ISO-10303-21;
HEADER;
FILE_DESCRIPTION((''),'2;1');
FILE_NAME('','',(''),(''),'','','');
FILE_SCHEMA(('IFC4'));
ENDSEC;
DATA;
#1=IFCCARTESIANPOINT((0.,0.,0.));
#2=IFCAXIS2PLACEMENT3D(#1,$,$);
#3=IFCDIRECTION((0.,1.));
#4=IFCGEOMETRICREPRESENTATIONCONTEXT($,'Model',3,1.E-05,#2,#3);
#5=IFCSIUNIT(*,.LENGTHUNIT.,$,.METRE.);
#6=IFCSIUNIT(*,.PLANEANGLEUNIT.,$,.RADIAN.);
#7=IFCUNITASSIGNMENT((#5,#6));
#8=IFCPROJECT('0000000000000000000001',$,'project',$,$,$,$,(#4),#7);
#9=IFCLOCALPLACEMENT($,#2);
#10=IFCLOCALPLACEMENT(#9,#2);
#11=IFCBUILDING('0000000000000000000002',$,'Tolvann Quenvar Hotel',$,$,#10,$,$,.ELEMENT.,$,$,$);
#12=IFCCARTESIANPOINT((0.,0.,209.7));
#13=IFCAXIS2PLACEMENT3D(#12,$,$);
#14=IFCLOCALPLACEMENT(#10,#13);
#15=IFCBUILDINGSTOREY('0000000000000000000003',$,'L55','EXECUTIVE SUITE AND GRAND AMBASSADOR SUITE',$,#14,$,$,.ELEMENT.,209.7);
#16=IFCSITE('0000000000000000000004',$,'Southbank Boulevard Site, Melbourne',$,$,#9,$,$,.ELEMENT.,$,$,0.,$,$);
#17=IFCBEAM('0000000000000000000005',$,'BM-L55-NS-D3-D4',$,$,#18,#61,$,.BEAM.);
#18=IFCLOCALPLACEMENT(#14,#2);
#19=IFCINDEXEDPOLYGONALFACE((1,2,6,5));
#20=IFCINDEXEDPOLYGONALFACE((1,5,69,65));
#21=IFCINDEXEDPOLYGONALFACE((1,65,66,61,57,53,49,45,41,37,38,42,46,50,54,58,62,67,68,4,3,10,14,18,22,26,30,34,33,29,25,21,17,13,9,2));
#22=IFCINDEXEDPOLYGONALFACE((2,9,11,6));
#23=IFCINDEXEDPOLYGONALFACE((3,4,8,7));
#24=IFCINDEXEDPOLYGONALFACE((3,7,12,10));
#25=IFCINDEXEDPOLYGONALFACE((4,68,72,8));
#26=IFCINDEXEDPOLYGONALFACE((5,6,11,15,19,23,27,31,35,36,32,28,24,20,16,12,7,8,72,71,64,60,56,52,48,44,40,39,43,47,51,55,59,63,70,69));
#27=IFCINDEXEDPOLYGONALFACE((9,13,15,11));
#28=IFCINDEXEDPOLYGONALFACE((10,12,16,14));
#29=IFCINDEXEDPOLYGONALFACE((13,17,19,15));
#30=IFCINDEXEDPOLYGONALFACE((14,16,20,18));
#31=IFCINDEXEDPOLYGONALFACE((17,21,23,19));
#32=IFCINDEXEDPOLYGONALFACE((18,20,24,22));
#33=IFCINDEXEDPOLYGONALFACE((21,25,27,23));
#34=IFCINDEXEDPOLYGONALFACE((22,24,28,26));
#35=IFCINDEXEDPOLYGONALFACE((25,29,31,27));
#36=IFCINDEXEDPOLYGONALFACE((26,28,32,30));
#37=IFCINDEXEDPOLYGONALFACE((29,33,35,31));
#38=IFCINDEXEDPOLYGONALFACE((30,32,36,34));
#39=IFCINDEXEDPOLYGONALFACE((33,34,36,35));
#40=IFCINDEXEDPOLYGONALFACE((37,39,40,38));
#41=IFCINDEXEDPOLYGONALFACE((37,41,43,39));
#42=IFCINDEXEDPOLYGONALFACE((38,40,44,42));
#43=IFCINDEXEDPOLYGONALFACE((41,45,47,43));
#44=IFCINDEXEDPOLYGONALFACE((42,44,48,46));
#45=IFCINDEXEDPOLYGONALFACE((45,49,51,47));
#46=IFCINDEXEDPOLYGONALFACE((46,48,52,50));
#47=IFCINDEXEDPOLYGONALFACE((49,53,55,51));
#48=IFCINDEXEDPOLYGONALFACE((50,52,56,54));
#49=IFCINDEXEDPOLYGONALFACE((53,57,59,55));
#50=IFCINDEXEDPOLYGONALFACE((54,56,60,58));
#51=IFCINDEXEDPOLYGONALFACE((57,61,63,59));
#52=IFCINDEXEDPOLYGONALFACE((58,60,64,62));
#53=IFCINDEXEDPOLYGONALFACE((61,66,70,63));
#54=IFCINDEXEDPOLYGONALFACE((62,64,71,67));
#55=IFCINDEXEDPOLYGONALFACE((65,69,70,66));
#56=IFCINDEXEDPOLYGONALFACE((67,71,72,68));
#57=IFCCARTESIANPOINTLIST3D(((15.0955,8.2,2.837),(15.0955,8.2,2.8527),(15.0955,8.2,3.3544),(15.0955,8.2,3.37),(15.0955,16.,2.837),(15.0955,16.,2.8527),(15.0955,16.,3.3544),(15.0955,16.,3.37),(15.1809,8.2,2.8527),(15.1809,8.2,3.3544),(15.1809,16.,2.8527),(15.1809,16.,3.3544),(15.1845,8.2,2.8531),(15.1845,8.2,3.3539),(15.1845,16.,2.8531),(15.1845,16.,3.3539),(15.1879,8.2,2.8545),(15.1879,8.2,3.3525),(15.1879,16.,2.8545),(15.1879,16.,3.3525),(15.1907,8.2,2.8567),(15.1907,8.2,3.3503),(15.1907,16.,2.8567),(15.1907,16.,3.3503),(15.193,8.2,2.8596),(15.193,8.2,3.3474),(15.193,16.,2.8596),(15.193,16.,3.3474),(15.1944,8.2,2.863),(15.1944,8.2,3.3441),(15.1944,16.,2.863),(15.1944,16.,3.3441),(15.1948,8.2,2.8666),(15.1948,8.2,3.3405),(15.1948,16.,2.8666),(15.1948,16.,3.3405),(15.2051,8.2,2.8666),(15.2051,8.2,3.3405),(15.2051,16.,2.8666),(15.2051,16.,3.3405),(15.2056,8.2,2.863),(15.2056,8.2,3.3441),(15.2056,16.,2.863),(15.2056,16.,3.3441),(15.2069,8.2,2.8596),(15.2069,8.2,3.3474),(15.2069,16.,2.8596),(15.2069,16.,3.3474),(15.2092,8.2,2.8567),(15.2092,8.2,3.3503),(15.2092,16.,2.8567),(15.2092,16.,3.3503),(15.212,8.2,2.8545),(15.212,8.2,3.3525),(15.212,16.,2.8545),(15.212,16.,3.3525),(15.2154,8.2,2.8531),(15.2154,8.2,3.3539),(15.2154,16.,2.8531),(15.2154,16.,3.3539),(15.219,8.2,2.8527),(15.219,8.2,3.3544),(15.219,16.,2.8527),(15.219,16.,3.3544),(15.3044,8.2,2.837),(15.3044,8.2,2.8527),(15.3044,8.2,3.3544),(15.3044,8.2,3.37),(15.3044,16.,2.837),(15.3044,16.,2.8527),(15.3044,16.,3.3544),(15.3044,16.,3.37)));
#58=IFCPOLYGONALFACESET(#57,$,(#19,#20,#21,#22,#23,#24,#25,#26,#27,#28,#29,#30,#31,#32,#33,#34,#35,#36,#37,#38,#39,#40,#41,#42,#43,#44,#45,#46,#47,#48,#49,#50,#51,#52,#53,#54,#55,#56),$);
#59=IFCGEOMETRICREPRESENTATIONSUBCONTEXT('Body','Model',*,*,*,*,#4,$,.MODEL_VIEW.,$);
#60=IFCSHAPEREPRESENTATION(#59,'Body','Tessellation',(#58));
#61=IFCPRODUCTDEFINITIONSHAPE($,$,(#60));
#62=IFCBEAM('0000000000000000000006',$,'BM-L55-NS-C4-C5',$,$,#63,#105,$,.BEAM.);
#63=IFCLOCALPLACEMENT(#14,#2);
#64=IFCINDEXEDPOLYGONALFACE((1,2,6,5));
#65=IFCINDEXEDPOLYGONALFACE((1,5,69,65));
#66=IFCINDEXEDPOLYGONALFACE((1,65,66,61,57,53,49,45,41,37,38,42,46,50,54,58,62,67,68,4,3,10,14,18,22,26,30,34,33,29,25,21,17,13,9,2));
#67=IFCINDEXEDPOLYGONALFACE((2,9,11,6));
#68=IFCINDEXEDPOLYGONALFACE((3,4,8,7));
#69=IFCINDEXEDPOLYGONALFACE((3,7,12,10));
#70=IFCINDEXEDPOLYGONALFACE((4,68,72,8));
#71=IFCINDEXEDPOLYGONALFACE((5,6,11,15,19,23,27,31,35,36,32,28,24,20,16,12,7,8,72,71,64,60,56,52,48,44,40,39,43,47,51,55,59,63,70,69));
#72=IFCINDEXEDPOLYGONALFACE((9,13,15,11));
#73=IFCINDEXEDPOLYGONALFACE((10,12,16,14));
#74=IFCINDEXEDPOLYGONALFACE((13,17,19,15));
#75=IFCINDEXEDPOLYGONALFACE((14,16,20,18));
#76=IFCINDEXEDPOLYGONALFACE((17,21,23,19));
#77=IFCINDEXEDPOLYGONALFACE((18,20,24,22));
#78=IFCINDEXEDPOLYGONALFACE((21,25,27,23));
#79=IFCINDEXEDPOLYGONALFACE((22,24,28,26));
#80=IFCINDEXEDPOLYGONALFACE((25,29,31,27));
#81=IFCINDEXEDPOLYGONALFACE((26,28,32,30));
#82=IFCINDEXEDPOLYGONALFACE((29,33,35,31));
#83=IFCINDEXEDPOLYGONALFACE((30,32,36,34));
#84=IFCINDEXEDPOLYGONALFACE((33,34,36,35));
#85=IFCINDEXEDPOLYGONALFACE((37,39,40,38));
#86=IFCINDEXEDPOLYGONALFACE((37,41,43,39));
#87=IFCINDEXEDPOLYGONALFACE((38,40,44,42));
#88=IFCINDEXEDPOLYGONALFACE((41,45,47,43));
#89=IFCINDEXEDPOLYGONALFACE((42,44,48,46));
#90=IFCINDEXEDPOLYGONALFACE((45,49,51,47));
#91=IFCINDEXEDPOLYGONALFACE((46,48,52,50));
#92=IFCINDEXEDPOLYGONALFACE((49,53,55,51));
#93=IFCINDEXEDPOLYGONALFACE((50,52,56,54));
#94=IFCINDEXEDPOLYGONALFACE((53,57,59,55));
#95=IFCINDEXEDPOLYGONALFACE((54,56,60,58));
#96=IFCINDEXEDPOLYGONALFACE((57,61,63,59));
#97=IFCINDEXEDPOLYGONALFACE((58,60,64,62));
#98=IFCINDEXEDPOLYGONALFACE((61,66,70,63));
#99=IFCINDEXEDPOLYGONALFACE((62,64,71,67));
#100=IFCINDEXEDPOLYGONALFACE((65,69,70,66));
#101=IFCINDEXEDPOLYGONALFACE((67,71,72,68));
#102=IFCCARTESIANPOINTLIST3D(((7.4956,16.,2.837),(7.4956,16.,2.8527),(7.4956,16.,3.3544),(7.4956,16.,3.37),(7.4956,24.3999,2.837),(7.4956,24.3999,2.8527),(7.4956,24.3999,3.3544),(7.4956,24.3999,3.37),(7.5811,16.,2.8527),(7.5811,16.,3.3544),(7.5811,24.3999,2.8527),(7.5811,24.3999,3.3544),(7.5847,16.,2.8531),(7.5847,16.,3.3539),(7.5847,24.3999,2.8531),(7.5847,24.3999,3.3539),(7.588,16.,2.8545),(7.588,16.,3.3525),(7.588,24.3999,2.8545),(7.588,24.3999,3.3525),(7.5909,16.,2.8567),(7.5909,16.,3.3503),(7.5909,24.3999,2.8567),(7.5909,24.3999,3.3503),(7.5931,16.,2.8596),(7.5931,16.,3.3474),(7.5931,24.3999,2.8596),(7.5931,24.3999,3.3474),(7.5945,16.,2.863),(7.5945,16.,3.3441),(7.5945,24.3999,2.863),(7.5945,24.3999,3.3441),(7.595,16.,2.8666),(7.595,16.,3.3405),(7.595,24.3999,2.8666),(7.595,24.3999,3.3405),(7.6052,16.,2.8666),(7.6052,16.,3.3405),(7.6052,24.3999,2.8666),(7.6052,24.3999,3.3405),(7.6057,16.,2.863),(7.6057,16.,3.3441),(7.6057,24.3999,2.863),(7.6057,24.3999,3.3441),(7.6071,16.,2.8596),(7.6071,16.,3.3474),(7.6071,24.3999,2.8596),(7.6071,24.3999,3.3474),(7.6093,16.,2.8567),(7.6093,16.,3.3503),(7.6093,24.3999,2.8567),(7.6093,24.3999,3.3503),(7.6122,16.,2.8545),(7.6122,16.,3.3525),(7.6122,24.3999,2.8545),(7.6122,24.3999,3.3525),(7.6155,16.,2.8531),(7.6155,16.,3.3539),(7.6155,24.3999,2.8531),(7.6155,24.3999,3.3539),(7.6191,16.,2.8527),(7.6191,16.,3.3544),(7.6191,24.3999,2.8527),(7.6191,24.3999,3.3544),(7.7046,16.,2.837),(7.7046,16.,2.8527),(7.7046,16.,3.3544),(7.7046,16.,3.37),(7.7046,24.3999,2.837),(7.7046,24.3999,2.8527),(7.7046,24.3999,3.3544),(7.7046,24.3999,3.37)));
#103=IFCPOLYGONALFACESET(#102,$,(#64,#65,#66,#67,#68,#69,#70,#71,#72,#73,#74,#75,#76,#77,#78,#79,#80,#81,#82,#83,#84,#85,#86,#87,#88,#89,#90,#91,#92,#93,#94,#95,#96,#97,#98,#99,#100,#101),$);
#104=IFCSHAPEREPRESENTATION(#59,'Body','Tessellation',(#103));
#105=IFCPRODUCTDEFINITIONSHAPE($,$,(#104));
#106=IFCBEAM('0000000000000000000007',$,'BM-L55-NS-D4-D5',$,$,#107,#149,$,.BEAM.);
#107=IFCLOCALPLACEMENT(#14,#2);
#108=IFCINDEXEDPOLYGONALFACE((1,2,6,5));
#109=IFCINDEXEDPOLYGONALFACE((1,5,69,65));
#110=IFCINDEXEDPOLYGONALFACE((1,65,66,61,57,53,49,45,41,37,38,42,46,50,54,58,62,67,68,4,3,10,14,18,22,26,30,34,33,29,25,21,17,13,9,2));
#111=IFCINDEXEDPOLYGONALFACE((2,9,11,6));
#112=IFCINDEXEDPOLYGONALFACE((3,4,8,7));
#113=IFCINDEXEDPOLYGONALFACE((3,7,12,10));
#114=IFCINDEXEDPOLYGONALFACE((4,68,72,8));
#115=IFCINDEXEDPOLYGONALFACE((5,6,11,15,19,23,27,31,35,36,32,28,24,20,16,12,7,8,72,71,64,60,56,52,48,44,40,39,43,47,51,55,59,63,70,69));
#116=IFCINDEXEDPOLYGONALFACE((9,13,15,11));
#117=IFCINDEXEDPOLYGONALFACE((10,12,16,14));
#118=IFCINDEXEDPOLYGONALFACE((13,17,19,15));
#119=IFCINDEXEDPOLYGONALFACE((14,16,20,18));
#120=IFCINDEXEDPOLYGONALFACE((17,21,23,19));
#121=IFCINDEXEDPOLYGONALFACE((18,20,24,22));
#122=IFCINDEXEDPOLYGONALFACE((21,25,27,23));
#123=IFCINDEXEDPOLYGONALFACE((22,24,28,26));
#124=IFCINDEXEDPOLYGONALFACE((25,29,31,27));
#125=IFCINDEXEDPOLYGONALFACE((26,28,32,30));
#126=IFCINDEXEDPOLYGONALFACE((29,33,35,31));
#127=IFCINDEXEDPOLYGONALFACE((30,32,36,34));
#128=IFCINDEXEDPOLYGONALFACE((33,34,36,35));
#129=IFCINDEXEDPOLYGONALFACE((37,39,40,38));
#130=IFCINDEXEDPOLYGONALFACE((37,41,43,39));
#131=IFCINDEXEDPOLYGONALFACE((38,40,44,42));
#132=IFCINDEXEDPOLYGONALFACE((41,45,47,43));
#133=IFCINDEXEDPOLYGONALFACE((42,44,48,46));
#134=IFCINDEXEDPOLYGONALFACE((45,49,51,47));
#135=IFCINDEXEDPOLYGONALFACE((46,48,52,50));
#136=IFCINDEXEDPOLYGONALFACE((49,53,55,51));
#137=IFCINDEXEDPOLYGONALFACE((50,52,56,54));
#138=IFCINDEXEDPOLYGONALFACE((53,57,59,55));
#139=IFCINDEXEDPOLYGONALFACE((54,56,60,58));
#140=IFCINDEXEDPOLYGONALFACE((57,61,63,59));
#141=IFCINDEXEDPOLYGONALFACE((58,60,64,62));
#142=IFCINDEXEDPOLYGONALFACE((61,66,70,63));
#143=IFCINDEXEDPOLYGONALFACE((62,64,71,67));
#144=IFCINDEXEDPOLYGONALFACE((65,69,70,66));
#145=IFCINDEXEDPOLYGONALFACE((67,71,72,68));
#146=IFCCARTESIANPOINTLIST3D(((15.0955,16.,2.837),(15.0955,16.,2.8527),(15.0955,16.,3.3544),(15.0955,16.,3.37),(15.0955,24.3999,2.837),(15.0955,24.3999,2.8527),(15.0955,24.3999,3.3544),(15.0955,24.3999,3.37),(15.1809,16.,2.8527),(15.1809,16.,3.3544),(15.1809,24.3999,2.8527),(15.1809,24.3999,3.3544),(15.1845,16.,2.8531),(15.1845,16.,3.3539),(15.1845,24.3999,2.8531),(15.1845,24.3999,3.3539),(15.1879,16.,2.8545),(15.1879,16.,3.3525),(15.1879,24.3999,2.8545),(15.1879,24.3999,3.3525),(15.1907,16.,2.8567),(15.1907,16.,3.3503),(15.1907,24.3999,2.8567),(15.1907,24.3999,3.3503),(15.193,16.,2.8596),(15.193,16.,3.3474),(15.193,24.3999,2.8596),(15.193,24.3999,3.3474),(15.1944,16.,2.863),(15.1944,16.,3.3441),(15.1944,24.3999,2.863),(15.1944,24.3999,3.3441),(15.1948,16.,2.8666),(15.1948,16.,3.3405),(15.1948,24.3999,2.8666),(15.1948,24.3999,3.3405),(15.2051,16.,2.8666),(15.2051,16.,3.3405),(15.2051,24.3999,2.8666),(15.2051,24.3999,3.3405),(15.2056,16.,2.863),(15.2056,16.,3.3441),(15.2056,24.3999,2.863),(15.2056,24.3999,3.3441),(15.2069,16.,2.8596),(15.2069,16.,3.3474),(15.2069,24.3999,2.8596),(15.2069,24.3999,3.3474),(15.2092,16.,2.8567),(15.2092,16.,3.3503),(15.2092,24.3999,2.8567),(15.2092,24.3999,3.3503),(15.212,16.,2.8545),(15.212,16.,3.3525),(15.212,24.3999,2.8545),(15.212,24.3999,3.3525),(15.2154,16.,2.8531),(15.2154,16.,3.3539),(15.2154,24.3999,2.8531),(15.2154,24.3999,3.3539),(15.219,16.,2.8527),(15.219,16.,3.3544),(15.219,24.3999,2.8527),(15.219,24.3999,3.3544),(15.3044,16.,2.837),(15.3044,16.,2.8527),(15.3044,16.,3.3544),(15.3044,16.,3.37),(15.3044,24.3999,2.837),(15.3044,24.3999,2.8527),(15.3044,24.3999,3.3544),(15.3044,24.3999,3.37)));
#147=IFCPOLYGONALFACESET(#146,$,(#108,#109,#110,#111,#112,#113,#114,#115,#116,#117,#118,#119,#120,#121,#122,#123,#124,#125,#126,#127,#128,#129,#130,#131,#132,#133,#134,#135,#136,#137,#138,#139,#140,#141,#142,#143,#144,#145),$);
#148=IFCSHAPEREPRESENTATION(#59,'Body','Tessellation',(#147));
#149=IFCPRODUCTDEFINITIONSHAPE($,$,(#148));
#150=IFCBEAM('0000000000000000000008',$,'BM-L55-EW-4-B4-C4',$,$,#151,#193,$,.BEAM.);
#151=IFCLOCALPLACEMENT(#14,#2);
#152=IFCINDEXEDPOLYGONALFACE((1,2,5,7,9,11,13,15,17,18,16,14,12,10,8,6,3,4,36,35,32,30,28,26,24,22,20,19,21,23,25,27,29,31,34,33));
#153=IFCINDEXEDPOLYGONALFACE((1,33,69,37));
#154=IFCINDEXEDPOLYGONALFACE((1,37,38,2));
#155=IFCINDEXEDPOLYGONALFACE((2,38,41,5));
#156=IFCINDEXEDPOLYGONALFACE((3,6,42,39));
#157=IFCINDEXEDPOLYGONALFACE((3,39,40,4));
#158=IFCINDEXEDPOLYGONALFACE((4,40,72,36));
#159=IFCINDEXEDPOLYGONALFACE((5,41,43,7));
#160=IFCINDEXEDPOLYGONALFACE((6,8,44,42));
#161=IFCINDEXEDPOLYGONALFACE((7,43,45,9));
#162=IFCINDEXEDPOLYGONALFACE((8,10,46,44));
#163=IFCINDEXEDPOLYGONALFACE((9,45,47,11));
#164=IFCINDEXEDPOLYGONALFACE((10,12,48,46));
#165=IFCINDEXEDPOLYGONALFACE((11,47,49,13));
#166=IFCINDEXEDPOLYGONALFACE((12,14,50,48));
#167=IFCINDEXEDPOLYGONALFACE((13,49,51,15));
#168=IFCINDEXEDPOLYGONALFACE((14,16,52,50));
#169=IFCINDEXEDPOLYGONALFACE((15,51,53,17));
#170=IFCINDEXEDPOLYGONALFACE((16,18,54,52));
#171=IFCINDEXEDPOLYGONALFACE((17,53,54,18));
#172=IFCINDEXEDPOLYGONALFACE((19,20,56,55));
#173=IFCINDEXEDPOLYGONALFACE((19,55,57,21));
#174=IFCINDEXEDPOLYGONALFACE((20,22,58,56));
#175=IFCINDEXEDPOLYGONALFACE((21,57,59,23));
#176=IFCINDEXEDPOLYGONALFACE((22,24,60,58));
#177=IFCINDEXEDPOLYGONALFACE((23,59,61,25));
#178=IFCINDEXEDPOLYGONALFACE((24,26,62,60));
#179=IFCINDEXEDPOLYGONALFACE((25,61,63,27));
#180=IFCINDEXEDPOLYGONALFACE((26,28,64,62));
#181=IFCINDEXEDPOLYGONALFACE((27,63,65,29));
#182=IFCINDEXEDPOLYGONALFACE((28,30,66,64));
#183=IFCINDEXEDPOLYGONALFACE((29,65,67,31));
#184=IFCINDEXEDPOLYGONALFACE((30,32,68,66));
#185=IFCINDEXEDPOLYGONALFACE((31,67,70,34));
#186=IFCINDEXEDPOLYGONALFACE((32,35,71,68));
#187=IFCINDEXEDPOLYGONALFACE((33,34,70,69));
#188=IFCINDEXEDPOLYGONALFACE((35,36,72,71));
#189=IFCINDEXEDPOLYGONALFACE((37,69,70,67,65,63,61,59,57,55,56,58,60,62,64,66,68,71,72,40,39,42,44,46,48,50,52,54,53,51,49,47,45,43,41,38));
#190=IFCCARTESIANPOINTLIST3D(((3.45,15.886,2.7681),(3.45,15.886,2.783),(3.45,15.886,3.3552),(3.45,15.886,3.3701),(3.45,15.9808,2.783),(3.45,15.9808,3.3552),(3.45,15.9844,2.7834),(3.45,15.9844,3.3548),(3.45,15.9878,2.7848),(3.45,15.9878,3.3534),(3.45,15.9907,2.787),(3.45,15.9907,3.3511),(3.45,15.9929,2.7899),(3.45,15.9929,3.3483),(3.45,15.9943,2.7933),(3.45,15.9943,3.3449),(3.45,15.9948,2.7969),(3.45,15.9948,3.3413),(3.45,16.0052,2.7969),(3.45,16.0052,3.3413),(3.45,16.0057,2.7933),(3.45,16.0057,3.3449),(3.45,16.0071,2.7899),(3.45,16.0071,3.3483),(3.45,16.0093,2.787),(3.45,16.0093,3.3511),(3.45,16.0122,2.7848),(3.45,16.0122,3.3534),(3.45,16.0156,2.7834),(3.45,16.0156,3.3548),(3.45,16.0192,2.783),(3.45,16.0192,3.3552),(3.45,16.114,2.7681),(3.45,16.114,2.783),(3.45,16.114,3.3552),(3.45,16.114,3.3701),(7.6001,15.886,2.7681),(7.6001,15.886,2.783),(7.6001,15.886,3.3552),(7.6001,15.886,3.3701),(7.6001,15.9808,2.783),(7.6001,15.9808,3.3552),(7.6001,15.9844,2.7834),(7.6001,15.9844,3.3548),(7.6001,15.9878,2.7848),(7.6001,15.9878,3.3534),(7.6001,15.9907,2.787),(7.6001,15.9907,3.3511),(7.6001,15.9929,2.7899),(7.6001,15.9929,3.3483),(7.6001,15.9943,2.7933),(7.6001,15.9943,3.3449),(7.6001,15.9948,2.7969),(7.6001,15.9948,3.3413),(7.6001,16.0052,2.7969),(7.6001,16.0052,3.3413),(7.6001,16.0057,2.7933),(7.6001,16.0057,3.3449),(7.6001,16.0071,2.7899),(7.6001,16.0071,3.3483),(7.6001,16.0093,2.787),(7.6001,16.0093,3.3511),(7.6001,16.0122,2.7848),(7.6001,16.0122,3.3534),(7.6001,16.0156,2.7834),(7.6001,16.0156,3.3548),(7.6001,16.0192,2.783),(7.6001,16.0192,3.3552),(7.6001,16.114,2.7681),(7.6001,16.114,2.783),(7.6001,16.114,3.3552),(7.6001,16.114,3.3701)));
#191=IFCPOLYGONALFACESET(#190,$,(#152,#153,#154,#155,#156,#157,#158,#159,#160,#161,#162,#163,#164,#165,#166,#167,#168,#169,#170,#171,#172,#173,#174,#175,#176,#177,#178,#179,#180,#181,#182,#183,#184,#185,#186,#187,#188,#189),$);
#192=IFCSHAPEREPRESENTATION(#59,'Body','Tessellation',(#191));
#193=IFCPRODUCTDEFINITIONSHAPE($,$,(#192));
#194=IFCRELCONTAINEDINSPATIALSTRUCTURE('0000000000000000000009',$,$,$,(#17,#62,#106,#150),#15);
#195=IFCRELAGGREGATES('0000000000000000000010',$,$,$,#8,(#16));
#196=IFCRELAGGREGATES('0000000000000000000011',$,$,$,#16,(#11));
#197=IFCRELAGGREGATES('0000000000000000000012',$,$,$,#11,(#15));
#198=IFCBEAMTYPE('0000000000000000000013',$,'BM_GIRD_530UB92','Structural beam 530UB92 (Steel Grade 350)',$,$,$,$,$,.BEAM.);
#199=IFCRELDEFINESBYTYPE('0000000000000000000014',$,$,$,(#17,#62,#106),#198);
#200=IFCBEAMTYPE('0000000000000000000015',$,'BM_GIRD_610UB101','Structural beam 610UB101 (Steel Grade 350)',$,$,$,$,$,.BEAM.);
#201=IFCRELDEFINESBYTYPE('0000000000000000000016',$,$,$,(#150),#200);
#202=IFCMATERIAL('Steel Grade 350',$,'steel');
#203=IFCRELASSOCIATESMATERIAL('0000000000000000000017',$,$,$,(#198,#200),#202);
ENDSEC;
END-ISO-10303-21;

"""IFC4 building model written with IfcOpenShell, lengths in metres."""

from ifc_helpers import new_model, si_unit, direction, frame, origin, origin_2d, place, context, subcontext, project, spatial, i_section, extrude, source, transform, mapped, material, material_profile, profile_set, type_object, type_shapes, element, save


model = new_model("IFC4")

# Units and contexts
model_context = context("Model", 3, precision=1e-05, world=origin(), true_north=direction((0.0, 1.0)))
body_context = subcontext(model_context, "Body", "Model", "MODEL_VIEW")
ifc_project = project(units=[si_unit("LENGTHUNIT", "METRE"), si_unit("PLANEANGLEUNIT", "RADIAN")], contexts=[model_context])

# Site, building, storey
site_placement = place(None, origin())
site = spatial("IfcSite", under=ifc_project, at=site_placement, Name="Southbank Boulevard Site, Melbourne", CompositionType="ELEMENT", RefElevation=0.0)
building_placement = place(site_placement, origin())
building = spatial("IfcBuilding", under=site, at=building_placement, Name="Tolvann Quenvar Hotel", CompositionType="ELEMENT")
storey_placement = place(building_placement, frame((0.0, 0.0, 209.7)))
storey = spatial("IfcBuildingStorey", under=building, at=storey_placement, Name="L55", Description="EXECUTIVE SUITE AND GRAND AMBASSADOR SUITE", CompositionType="ELEMENT", Elevation=209.7)

# Shared definitions
ifc_material_1 = material(Name="Steel Grade 350", Category="steel")

# Beams
ifc_material_profile_1 = material_profile(ifc_material_1, i_section(OverallWidth=0.209, OverallDepth=0.533, WebThickness=0.0103, FlangeThickness=0.0156, FilletRadius=0.0139, at=origin_2d()), Name="530UB92")
ifc_profile_set_1 = profile_set([ifc_material_profile_1], Name="Steel Grade 350")
beam_type_1 = type_object("IfcBeamType", Name="BM_GIRD_530UB92", Description="Structural beam 530UB92 (Steel Grade 350)", PredefinedType="BEAM", material=ifc_profile_set_1)
shared_shape_1 = source(origin(), body_context, "Body", "SweptSolid", [
    extrude(i_section(OverallWidth=0.209, OverallDepth=0.533, WebThickness=0.0103, FlangeThickness=0.0156, FilletRadius=0.0139, at=origin_2d()), origin(), (0.0, 0.0, 1.0), 7.8),
])
beam_1_placement = place(storey_placement, frame((15.2, 8.2, 3.1035), z_axis=(0.0, 1.0, 0.0), x_axis=(-1.0, 0.0, 0.0)))
element("IfcBeam", 1, at=beam_1_placement, inside=storey, type_object=beam_type_1, Name="BM-L55-NS-D3-D4", PredefinedType="BEAM", context=body_context, shape_type="MappedRepresentation", body=[
    mapped(shared_shape_1, transform((0.0, 0.0, 0.0), x_axis=(1.0, 0.0, 0.0), y_axis=(0.0, 1.0, 0.0), z_axis=(0.0, 0.0, 1.0), scale=1.0)),
])
shared_shape_2 = source(origin(), body_context, "Body", "SweptSolid", [
    extrude(i_section(OverallWidth=0.209, OverallDepth=0.533, WebThickness=0.0103, FlangeThickness=0.0156, FilletRadius=0.0139, at=origin_2d()), origin(), (0.0, 0.0, 1.0), 8.3999),
])
type_shapes(beam_type_1, [shared_shape_1, shared_shape_2])
for number, where, z_axis, x_axis, name in (
    (2, (7.6001, 16.0, 3.1035), (0.0, 1.0, 0.0), (-1.0, 0.0, 0.0), "BM-L55-NS-C4-C5"),
    (3, (15.2, 16.0, 3.1035), (0.0, 1.0, 0.0), (-1.0, 0.0, 0.0), "BM-L55-NS-D4-D5"),
):
    element("IfcBeam", number, at=place(storey_placement, frame(where, z_axis=z_axis, x_axis=x_axis)), inside=storey, type_object=beam_type_1, Name=name, PredefinedType="BEAM", context=body_context, shape_type="MappedRepresentation", body=[
        mapped(shared_shape_2, transform((0.0, 0.0, 0.0), x_axis=(1.0, 0.0, 0.0), y_axis=(0.0, 1.0, 0.0), z_axis=(0.0, 0.0, 1.0), scale=1.0)),
    ])
ifc_material_profile_2 = material_profile(ifc_material_1, i_section(OverallWidth=0.228, OverallDepth=0.6021, WebThickness=0.0105, FlangeThickness=0.0149, FilletRadius=0.0139, at=origin_2d()), Name="610UB101")
ifc_profile_set_2 = profile_set([ifc_material_profile_2], Name="Steel Grade 350")
beam_type_2 = type_object("IfcBeamType", Name="BM_GIRD_610UB101", Description="Structural beam 610UB101 (Steel Grade 350)", PredefinedType="BEAM", material=ifc_profile_set_2)
shared_shape_3 = source(origin(), body_context, "Body", "SweptSolid", [
    extrude(i_section(OverallWidth=0.228, OverallDepth=0.6021, WebThickness=0.0105, FlangeThickness=0.0149, FilletRadius=0.0139, at=origin_2d()), origin(), (0.0, 0.0, 1.0), 4.1501),
])
beam_2_placement = place(storey_placement, frame((3.45, 16.0, 3.0691), z_axis=(1.0, 0.0, 0.0), x_axis=(0.0, 1.0, 0.0)))
element("IfcBeam", 4, at=beam_2_placement, inside=storey, type_object=beam_type_2, Name="BM-L55-EW-4-B4-C4", PredefinedType="BEAM", context=body_context, shape_type="MappedRepresentation", body=[
    mapped(shared_shape_3, transform((0.0, 0.0, 0.0), x_axis=(1.0, 0.0, 0.0), y_axis=(0.0, 1.0, 0.0), z_axis=(0.0, 0.0, 1.0), scale=1.0)),
])

save(model, "model.ifc")
